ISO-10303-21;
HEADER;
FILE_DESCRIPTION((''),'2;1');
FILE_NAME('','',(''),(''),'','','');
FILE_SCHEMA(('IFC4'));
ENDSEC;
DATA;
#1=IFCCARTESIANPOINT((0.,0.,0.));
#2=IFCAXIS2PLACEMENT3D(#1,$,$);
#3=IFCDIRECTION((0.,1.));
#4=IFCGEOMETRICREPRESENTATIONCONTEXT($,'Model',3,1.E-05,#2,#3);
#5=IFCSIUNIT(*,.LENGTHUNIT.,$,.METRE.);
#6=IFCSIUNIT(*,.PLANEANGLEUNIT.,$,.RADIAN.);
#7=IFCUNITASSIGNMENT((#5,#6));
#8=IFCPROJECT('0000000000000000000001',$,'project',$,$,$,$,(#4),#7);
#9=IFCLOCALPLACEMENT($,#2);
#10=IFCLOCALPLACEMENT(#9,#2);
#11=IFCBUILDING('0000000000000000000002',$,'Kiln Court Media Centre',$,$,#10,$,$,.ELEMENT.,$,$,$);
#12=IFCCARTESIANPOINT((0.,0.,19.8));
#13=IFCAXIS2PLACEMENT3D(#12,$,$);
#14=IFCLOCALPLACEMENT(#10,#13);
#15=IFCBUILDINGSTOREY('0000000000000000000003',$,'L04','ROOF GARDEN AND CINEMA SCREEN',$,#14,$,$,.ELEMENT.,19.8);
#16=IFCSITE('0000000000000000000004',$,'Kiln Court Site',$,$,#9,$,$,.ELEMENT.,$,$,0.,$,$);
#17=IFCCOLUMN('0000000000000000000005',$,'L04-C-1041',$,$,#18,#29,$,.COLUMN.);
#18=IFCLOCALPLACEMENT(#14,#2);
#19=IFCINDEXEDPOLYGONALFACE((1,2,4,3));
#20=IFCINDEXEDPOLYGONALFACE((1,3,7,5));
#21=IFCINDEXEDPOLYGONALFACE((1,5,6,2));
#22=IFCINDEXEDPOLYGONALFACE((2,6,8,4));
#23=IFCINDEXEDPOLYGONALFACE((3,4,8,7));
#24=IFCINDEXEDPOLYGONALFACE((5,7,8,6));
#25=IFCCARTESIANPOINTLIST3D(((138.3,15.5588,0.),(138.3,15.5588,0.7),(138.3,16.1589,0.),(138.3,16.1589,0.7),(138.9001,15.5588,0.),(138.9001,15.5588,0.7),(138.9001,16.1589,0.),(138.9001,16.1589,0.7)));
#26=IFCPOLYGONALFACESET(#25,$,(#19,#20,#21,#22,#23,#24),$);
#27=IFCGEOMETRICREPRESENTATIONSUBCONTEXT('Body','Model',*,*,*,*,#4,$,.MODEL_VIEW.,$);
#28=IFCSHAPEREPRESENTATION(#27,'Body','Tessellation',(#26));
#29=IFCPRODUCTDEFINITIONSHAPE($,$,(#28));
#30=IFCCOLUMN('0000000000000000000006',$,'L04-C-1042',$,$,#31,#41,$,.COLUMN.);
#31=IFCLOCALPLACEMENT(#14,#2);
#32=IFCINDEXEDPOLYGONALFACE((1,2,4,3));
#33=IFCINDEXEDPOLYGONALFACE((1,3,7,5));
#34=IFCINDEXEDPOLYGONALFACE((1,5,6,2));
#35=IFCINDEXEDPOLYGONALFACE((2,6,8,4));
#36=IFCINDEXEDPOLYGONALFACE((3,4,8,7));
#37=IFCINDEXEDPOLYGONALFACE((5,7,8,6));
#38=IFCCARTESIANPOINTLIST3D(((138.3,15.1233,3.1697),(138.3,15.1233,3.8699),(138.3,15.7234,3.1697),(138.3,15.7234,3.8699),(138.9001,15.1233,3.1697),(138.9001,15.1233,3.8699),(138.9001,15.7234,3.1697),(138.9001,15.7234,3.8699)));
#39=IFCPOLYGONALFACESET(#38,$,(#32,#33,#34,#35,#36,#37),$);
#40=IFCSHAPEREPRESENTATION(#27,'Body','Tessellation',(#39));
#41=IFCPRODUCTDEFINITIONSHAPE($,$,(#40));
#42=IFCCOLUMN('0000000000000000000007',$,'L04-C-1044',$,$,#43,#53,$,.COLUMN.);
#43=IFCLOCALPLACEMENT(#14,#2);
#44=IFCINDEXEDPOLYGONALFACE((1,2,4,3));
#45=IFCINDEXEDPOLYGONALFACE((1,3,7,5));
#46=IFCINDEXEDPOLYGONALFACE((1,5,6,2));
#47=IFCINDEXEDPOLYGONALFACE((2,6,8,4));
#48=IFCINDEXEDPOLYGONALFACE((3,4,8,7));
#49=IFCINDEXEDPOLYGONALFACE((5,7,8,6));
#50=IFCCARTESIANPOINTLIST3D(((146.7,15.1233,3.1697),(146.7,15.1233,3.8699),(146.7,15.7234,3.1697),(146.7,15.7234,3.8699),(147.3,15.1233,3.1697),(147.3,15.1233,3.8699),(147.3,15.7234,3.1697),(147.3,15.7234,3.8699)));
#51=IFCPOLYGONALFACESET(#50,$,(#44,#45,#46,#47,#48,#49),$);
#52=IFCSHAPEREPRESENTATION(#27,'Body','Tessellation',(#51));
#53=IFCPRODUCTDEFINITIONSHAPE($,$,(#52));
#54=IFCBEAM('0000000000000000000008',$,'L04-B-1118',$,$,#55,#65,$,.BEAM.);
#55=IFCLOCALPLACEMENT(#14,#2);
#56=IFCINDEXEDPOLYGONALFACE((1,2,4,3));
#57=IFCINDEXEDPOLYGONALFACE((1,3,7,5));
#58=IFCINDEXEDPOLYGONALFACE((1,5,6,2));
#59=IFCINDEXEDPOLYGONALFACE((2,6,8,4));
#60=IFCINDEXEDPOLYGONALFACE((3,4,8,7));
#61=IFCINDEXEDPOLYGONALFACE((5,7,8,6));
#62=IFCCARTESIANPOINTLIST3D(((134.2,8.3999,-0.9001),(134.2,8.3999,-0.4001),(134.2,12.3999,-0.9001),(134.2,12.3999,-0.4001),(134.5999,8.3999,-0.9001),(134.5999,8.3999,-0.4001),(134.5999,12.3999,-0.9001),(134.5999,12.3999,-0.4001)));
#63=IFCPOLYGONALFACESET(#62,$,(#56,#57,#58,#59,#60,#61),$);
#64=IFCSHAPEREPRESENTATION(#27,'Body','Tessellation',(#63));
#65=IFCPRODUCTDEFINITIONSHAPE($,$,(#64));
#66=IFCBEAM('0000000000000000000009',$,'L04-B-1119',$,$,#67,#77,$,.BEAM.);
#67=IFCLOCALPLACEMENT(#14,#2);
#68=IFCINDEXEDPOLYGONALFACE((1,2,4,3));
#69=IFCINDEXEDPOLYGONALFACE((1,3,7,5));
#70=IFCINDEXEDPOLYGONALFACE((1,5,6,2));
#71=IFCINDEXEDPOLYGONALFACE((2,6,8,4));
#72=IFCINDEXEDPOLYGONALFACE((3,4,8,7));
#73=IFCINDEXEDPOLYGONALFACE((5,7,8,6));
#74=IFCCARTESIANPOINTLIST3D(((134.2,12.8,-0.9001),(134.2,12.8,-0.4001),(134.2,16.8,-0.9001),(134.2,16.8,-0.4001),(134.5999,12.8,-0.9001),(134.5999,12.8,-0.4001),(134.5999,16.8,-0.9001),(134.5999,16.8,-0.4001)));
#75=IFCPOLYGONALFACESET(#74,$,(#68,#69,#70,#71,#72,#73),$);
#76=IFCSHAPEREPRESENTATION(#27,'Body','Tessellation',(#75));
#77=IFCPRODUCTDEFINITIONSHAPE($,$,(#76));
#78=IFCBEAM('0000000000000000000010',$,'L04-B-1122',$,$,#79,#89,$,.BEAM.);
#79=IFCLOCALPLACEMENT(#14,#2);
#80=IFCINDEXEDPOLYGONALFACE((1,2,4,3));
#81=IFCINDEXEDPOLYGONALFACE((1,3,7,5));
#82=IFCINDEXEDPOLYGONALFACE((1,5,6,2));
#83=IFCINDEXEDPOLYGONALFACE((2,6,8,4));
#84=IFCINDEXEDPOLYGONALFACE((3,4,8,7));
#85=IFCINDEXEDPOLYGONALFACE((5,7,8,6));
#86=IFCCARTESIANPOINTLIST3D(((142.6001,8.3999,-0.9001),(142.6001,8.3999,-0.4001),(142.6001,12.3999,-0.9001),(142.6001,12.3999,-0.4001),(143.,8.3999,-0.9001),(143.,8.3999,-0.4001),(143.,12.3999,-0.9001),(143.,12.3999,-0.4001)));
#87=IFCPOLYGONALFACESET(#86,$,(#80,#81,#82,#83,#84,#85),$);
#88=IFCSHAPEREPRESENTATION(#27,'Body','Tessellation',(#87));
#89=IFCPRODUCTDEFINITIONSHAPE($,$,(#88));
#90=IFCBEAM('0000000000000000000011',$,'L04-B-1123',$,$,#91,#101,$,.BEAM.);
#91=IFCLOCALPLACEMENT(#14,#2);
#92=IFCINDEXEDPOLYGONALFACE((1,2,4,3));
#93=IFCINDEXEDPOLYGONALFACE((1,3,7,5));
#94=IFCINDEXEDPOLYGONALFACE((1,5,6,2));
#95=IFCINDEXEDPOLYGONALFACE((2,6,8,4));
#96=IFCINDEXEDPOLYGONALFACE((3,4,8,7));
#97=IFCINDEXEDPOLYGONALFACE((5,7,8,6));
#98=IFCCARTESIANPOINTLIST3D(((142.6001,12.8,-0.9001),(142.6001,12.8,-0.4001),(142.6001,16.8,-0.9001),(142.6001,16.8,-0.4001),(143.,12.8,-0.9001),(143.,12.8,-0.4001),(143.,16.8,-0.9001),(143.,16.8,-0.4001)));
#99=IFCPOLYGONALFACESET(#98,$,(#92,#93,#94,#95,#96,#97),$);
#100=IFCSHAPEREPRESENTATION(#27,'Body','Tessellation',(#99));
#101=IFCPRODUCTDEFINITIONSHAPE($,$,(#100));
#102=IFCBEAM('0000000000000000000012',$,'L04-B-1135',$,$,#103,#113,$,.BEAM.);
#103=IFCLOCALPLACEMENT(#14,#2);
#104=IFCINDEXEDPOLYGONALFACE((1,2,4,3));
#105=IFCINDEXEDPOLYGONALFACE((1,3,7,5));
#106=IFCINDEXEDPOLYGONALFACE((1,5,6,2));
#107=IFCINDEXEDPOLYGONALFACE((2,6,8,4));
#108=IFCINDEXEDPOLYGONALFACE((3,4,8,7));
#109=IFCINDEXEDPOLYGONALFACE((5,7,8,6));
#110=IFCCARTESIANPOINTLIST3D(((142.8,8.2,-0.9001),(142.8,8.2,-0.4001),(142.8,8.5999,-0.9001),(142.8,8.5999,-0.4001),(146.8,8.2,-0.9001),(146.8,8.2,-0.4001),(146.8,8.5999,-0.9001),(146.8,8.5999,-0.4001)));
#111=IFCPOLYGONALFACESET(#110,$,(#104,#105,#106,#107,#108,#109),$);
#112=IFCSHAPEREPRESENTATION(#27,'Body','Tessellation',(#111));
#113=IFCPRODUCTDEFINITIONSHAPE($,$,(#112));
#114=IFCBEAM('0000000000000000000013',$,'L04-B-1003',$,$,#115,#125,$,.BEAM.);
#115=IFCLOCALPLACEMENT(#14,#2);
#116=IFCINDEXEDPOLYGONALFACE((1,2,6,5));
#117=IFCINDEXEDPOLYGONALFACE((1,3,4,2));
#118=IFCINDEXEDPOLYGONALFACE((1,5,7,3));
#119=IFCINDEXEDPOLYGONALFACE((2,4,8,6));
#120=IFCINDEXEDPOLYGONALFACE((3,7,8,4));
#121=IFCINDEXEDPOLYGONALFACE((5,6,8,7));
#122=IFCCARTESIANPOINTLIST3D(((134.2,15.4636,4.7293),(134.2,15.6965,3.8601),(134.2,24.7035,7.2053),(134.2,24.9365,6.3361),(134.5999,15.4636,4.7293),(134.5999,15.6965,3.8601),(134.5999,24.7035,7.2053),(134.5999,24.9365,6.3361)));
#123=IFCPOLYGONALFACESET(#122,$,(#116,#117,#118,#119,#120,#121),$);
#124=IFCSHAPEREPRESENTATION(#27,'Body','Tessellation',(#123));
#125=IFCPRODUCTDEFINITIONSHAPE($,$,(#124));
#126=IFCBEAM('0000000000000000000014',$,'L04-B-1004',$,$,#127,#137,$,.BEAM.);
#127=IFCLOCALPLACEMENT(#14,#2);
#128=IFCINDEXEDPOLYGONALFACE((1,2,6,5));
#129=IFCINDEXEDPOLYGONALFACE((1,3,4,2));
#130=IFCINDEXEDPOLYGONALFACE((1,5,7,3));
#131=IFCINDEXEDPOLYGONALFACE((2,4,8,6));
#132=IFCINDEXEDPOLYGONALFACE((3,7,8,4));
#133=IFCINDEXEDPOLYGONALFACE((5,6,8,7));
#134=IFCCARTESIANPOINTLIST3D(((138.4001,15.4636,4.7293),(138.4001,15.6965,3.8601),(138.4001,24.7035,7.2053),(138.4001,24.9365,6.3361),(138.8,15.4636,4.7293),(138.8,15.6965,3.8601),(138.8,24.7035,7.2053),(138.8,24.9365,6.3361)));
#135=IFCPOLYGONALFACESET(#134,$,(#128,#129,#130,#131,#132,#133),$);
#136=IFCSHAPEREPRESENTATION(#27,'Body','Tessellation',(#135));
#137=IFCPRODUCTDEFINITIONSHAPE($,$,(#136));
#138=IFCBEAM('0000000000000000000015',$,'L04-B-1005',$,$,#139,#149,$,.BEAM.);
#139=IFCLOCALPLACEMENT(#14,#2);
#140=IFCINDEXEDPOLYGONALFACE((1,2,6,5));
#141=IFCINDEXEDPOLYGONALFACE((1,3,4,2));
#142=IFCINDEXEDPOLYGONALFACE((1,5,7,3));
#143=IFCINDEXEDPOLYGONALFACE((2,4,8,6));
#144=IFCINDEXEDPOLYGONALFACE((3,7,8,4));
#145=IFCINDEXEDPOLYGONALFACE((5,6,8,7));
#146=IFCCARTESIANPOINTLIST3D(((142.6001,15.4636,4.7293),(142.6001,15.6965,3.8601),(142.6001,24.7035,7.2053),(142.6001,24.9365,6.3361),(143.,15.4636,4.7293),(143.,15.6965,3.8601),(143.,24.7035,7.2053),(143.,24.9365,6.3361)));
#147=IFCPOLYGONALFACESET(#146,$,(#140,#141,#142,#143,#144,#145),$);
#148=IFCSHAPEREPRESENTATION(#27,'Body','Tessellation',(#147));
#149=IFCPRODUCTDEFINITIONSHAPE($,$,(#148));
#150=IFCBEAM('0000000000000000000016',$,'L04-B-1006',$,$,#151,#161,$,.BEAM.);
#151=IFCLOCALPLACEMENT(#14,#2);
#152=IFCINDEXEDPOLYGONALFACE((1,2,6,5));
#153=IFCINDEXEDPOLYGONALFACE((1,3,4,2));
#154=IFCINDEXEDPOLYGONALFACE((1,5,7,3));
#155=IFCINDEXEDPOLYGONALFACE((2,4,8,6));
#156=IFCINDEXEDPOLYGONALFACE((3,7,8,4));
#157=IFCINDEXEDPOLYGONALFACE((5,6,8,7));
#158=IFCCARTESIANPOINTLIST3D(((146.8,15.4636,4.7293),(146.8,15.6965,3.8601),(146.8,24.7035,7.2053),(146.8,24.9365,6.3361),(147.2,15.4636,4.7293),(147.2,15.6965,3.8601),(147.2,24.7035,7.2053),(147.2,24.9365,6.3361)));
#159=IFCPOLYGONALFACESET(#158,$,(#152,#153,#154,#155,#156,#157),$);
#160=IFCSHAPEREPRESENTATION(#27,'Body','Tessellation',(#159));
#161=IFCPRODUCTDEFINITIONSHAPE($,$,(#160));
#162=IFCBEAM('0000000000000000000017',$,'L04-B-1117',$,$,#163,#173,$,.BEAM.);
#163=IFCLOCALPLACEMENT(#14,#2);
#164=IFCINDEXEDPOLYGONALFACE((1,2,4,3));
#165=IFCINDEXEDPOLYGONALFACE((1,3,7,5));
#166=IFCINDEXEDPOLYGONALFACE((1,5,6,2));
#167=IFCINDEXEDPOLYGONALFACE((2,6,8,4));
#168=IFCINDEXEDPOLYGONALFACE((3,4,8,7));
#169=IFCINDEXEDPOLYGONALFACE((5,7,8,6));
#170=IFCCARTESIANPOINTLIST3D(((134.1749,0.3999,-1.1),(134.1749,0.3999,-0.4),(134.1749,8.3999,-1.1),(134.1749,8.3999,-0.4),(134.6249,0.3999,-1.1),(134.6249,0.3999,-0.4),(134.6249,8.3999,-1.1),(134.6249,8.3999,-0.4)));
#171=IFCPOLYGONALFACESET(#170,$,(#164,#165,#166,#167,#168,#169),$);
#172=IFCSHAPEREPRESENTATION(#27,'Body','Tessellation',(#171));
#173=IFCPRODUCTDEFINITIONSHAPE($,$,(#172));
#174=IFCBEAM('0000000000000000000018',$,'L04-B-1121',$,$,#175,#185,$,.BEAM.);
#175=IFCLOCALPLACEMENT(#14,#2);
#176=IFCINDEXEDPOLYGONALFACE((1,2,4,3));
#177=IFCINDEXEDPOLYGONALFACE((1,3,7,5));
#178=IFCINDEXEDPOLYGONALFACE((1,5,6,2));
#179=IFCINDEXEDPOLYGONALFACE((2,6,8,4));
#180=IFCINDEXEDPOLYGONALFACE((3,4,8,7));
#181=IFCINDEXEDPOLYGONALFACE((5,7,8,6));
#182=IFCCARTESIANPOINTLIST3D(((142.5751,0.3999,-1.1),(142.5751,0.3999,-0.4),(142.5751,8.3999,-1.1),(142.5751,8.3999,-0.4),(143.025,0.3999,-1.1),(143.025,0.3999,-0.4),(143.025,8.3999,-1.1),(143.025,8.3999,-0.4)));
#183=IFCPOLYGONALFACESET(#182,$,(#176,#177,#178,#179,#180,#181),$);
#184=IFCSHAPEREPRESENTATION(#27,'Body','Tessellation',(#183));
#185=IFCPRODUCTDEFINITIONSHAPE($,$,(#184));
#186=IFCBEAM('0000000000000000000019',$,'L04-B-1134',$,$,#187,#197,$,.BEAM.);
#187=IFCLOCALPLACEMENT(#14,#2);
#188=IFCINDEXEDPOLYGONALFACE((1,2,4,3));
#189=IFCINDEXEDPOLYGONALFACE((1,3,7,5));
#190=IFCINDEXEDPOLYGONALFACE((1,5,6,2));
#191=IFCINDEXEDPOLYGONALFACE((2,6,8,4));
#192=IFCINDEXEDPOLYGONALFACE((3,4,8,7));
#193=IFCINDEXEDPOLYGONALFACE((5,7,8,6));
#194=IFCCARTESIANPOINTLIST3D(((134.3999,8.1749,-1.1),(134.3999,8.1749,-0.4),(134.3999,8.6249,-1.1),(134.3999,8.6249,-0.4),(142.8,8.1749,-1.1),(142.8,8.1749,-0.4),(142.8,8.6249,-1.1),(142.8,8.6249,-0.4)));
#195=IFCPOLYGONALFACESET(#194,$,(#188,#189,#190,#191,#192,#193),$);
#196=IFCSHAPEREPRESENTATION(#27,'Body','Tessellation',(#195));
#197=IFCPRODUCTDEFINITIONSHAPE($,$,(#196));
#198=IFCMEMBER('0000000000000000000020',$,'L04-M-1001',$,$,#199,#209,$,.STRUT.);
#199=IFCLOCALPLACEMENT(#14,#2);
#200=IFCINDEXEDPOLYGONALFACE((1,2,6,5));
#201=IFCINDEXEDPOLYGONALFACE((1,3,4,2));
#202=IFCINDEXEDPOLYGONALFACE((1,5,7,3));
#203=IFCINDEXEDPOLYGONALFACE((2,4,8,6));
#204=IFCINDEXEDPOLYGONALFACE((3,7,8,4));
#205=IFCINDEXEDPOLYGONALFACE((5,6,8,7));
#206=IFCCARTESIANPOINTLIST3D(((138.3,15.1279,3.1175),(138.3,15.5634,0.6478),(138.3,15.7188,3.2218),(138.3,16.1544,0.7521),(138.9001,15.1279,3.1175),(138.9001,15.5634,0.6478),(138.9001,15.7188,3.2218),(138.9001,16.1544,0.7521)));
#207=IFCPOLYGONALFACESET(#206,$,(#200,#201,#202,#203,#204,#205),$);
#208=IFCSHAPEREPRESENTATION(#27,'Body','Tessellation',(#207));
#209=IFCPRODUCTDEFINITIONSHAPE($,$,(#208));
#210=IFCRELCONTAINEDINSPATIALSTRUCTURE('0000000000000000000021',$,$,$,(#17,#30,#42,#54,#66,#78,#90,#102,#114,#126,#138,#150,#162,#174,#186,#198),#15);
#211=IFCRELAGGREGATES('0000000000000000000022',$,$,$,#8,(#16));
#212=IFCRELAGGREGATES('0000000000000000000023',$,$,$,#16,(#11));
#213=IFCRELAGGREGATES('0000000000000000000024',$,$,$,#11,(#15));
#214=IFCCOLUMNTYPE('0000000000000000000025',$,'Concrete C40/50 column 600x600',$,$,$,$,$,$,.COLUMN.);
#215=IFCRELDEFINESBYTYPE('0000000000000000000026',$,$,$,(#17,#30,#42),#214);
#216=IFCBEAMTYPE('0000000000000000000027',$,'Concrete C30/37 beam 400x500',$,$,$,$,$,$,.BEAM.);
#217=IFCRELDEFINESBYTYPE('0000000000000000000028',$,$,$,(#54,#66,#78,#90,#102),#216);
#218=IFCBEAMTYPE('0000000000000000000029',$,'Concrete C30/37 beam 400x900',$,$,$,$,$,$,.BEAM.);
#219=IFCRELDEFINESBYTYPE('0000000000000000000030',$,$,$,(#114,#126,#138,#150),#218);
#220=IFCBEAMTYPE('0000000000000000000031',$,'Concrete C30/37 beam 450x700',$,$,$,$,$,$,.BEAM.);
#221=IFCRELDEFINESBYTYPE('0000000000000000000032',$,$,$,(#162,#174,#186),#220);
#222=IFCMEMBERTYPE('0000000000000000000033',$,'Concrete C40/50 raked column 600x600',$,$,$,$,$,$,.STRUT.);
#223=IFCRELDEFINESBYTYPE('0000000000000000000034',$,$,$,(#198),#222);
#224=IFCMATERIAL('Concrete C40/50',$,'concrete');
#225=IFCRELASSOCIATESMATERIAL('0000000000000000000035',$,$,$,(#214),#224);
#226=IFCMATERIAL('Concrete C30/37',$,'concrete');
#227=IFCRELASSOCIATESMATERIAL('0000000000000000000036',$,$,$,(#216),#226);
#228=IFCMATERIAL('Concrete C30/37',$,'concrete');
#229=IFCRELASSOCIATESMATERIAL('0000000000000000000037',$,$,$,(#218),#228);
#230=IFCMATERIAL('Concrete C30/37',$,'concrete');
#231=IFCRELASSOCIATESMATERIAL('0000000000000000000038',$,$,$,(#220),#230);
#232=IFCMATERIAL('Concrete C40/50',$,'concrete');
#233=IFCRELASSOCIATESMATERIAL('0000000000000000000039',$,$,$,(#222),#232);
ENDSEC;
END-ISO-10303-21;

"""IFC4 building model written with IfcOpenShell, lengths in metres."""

from ifc_helpers import new_model, si_unit, direction, frame, origin, origin_2d, place, context, subcontext, project, spatial, rectangle, extrude, material, material_profile, profile_set, type_object, element, save


model = new_model("IFC4")

# Units and contexts
model_context = context("Model", 3, precision=1e-05, world=origin(), true_north=direction((0.0, 1.0)))
body_context = subcontext(model_context, "Body", "Model", "MODEL_VIEW")
ifc_project = project(units=[si_unit("LENGTHUNIT", "METRE"), si_unit("PLANEANGLEUNIT", "RADIAN")], contexts=[model_context])

# Site, building, storey
site_placement = place(None, origin())
site = spatial("IfcSite", under=ifc_project, at=site_placement, Name="Kiln Court Site", CompositionType="ELEMENT", RefElevation=0.0)
building_placement = place(site_placement, origin())
building = spatial("IfcBuilding", under=site, at=building_placement, Name="Kiln Court Media Centre", CompositionType="ELEMENT")
storey_placement = place(building_placement, frame((0.0, 0.0, 19.8)))
storey = spatial("IfcBuildingStorey", under=building, at=storey_placement, Name="L04", Description="ROOF GARDEN AND CINEMA SCREEN", CompositionType="ELEMENT", Elevation=19.8)

# Columns
ifc_material_1 = material(Name="Concrete C40/50", Category="concrete")
ifc_material_profile_1 = material_profile(ifc_material_1, rectangle(XDim=0.6001, YDim=0.6001, at=origin_2d()), Name="RC 600x600")
ifc_profile_set_1 = profile_set([ifc_material_profile_1], Name="Concrete C40/50")
column_type = type_object("IfcColumnType", Name="Concrete C40/50 column 600x600", PredefinedType="COLUMN", material=ifc_profile_set_1)
column_placement = place(storey_placement, frame((138.6001, 15.8589, 0.0), z_axis=(0.0, 0.0, 1.0), x_axis=(1.0, 0.0, 0.0)))
element("IfcColumn", 1, at=column_placement, inside=storey, type_object=column_type, Name="L04-C-1041", PredefinedType="COLUMN", context=body_context, shape_type="SweptSolid", body=[
    extrude(rectangle(XDim=0.6001, YDim=0.6001, at=origin_2d()), origin(), (0.0, 0.0, 1.0), 0.7),
])
for number, where, z_axis, x_axis, name in (
    (2, (138.6001, 15.4233, 3.1697), (0.0, 0.0, 1.0), (1.0, 0.0, 0.0), "L04-C-1042"),
    (3, (147.0, 15.4233, 3.1697), (0.0, 0.0, 1.0), (1.0, 0.0, 0.0), "L04-C-1044"),
):
    element("IfcColumn", number, at=place(storey_placement, frame(where, z_axis=z_axis, x_axis=x_axis)), inside=storey, type_object=column_type, Name=name, PredefinedType="COLUMN", context=body_context, shape_type="SweptSolid", body=[
        extrude(rectangle(XDim=0.6001, YDim=0.6001, at=origin_2d()), origin(), (0.0, 0.0, 1.0), 0.7002),
    ])

# Beams
ifc_material_2 = material(Name="Concrete C30/37", Category="concrete")
ifc_material_profile_2 = material_profile(ifc_material_2, rectangle(XDim=0.3999, YDim=0.5, at=origin_2d()), Name="RC 400x500")
ifc_profile_set_2 = profile_set([ifc_material_profile_2], Name="Concrete C30/37")
beam_type_1 = type_object("IfcBeamType", Name="Concrete C30/37 beam 400x500", PredefinedType="BEAM", material=ifc_profile_set_2)
for number, where, z_axis, x_axis, name in (
    (4, (134.3999, 8.3999, -0.6501), (0.0, 1.0, 0.0), (-1.0, 0.0, 0.0), "L04-B-1118"),
    (5, (134.3999, 12.8, -0.6501), (0.0, 1.0, 0.0), (-1.0, 0.0, 0.0), "L04-B-1119"),
    (6, (142.8, 8.3999, -0.6501), (0.0, 1.0, 0.0), (-1.0, 0.0, 0.0), "L04-B-1122"),
    (7, (142.8, 12.8, -0.6501), (0.0, 1.0, 0.0), (-1.0, 0.0, 0.0), "L04-B-1123"),
    (8, (142.8, 8.3999, -0.6501), (1.0, 0.0, 0.0), (0.0, 1.0, 0.0), "L04-B-1135"),
):
    element("IfcBeam", number, at=place(storey_placement, frame(where, z_axis=z_axis, x_axis=x_axis)), inside=storey, type_object=beam_type_1, Name=name, PredefinedType="BEAM", context=body_context, shape_type="SweptSolid", body=[
        extrude(rectangle(XDim=0.3999, YDim=0.5, at=origin_2d()), origin(), (0.0, 0.0, 1.0), 4.0),
    ])
ifc_material_3 = material(Name="Concrete C30/37", Category="concrete")
ifc_material_profile_3 = material_profile(ifc_material_3, rectangle(XDim=0.3999, YDim=0.8999, at=origin_2d()), Name="RC 400x900")
ifc_profile_set_3 = profile_set([ifc_material_profile_3], Name="Concrete C30/37")
beam_type_2 = type_object("IfcBeamType", Name="Concrete C30/37 beam 400x900", PredefinedType="BEAM", material=ifc_profile_set_3)
for number, where, z_axis, x_axis, name in (
    (9, (134.3999, 15.5801, 4.2947), (0.0, 0.96592, 0.258841), (-1.0, 0.0, 0.0), "L04-B-1003"),
    (10, (138.6001, 15.5801, 4.2947), (0.0, 0.96592, 0.258841), (-1.0, 0.0, 0.0), "L04-B-1004"),
    (11, (142.8, 15.5801, 4.2947), (0.0, 0.96592, 0.258841), (-1.0, 0.0, 0.0), "L04-B-1005"),
    (12, (147.0, 15.5801, 4.2947), (0.0, 0.96592, 0.258841), (-1.0, 0.0, 0.0), "L04-B-1006"),
):
    element("IfcBeam", number, at=place(storey_placement, frame(where, z_axis=z_axis, x_axis=x_axis)), inside=storey, type_object=beam_type_2, Name=name, PredefinedType="BEAM", context=body_context, shape_type="SweptSolid", body=[
        extrude(rectangle(XDim=0.3999, YDim=0.8999, at=origin_2d()), origin(), (0.0, 0.0, 1.0), 9.5659),
    ])
ifc_material_4 = material(Name="Concrete C30/37", Category="concrete")
ifc_material_profile_4 = material_profile(ifc_material_4, rectangle(XDim=0.45, YDim=0.7, at=origin_2d()), Name="RC 450x700")
ifc_profile_set_4 = profile_set([ifc_material_profile_4], Name="Concrete C30/37")
beam_type_3 = type_object("IfcBeamType", Name="Concrete C30/37 beam 450x700", PredefinedType="BEAM", material=ifc_profile_set_4)
for number, where, z_axis, x_axis, name in (
    (13, (134.3999, 0.3999, -0.75), (0.0, 1.0, 0.0), (-1.0, 0.0, 0.0), "L04-B-1117"),
    (14, (142.8, 0.3999, -0.75), (0.0, 1.0, 0.0), (-1.0, 0.0, 0.0), "L04-B-1121"),
):
    element("IfcBeam", number, at=place(storey_placement, frame(where, z_axis=z_axis, x_axis=x_axis)), inside=storey, type_object=beam_type_3, Name=name, PredefinedType="BEAM", context=body_context, shape_type="SweptSolid", body=[
        extrude(rectangle(XDim=0.45, YDim=0.7, at=origin_2d()), origin(), (0.0, 0.0, 1.0), 8.0),
    ])
beam_placement = place(storey_placement, frame((134.3999, 8.3999, -0.75), z_axis=(1.0, 0.0, 0.0), x_axis=(0.0, 1.0, 0.0)))
element("IfcBeam", 15, at=beam_placement, inside=storey, type_object=beam_type_3, Name="L04-B-1134", PredefinedType="BEAM", context=body_context, shape_type="SweptSolid", body=[
    extrude(rectangle(XDim=0.45, YDim=0.7, at=origin_2d()), origin(), (0.0, 0.0, 1.0), 8.4001),
])

# Member
ifc_material_5 = material(Name="Concrete C40/50", Category="concrete")
ifc_material_profile_5 = material_profile(ifc_material_5, rectangle(XDim=0.6001, YDim=0.6001, at=origin_2d()), Name="RC 600x600")
ifc_profile_set_5 = profile_set([ifc_material_profile_5], Name="Concrete C40/50")
member_type = type_object("IfcMemberType", Name="Concrete C40/50 raked column 600x600", PredefinedType="STRUT", material=ifc_profile_set_5)
member_placement = place(storey_placement, frame((138.6001, 15.8589, 0.7), z_axis=(0.0, -0.173674, 0.984803), x_axis=(1.0, 0.0, 0.0)))
element("IfcMember", 16, at=member_placement, inside=storey, type_object=member_type, Name="L04-M-1001", PredefinedType="STRUT", context=body_context, shape_type="SweptSolid", body=[
    extrude(rectangle(XDim=0.6001, YDim=0.6001, at=origin_2d()), origin(), (0.0, 0.0, 1.0), 2.5078),
])

save(model, "model.ifc")
